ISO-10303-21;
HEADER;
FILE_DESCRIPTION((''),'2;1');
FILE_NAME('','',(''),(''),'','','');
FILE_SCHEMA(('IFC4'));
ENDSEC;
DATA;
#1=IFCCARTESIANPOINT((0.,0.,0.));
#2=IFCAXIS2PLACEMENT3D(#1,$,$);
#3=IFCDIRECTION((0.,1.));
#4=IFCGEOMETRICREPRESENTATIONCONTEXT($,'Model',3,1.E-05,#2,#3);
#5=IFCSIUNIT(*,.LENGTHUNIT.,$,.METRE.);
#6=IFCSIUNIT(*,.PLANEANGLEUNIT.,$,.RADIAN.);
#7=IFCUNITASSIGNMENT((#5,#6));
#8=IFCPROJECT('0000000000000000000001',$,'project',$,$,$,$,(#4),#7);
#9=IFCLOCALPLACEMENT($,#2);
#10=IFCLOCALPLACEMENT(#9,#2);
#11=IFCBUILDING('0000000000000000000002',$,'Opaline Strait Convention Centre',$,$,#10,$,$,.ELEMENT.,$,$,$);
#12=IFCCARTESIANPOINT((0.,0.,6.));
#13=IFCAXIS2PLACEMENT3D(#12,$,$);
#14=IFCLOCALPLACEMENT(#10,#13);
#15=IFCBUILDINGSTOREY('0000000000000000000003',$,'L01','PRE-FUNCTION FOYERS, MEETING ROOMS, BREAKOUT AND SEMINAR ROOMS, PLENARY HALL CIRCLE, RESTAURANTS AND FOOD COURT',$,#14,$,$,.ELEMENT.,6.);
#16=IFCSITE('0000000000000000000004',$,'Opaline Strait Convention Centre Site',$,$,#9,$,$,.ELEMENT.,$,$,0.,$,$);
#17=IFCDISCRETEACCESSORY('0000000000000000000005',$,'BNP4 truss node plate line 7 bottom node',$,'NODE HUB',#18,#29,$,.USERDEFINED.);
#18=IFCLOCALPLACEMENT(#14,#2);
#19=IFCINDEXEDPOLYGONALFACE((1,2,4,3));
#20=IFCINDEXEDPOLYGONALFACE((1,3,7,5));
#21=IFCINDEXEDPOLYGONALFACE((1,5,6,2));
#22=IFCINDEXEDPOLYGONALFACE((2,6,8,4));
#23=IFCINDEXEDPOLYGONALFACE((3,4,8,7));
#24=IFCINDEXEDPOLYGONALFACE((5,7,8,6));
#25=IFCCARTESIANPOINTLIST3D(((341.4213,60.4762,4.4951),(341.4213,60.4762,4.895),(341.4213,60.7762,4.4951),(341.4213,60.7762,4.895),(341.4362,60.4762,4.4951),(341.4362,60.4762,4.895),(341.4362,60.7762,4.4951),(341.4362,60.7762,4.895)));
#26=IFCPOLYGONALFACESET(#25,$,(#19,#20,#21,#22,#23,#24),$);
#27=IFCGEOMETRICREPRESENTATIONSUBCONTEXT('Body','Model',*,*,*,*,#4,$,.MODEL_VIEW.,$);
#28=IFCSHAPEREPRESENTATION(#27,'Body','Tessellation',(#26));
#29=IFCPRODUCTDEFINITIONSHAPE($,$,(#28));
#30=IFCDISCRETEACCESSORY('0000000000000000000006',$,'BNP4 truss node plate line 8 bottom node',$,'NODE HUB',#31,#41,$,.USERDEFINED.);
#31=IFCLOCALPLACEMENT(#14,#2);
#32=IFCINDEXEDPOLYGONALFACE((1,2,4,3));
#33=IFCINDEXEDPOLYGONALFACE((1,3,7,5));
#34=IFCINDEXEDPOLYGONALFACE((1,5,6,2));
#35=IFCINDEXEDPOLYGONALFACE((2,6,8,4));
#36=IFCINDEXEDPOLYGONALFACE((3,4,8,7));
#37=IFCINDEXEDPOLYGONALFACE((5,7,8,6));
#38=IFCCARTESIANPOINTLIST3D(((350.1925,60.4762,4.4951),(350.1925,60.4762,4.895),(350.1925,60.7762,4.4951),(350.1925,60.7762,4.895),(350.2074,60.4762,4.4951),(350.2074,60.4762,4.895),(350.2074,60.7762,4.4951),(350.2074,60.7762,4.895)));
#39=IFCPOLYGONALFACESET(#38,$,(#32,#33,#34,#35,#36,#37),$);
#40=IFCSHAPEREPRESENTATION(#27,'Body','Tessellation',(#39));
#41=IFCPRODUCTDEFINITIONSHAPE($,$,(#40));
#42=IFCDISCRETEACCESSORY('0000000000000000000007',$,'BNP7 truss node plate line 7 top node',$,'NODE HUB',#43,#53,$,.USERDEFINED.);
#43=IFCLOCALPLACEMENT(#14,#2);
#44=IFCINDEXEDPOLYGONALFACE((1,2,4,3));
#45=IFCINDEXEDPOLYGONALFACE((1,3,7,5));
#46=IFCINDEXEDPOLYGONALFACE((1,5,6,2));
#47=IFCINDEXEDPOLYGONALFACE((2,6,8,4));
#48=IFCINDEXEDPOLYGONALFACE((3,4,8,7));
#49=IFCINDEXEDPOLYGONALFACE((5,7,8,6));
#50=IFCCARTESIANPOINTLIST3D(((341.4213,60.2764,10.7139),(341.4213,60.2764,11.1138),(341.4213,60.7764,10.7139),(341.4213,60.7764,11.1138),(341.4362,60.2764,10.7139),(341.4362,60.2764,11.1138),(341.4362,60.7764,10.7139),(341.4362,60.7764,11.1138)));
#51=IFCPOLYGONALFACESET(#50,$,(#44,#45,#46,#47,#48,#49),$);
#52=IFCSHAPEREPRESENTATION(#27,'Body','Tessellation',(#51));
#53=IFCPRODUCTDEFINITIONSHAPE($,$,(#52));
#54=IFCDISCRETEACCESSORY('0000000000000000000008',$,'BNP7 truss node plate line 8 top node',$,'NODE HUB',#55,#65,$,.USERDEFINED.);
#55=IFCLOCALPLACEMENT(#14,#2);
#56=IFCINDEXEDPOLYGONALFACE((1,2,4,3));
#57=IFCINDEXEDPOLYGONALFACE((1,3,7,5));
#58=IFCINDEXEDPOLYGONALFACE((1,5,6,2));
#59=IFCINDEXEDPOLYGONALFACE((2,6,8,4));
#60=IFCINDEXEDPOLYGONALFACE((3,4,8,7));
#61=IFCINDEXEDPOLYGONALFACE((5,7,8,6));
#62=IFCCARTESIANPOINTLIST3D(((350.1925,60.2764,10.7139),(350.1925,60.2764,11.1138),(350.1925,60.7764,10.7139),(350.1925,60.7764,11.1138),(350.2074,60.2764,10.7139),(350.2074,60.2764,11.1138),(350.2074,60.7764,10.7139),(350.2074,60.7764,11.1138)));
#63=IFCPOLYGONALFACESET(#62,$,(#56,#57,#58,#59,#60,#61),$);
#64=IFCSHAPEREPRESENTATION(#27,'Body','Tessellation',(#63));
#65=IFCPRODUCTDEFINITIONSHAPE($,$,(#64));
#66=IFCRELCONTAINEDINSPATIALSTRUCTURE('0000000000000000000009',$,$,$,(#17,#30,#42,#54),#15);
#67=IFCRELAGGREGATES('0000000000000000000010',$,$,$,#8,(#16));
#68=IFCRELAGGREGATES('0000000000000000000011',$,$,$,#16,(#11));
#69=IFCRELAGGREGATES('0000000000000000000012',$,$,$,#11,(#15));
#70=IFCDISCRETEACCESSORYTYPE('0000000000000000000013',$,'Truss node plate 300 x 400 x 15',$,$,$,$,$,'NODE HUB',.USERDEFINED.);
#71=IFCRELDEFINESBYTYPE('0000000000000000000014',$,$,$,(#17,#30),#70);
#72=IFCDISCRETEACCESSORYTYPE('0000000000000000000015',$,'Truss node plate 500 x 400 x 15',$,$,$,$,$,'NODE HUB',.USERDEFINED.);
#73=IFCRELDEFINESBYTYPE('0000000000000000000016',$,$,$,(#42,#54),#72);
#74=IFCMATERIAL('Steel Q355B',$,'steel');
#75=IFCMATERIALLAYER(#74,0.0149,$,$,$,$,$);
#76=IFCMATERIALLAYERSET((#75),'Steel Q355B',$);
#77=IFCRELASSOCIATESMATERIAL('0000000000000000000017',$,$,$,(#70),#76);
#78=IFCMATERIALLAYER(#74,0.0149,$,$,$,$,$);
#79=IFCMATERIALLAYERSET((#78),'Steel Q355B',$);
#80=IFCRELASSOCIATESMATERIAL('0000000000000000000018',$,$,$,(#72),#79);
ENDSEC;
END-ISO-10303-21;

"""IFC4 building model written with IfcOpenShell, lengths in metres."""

from ifc_helpers import new_model, si_unit, direction, frame, origin, origin_2d, place, context, subcontext, project, spatial, rectangle, extrude, material, layer, layer_set, type_object, element, save


model = new_model("IFC4")

# Units and contexts
model_context = context("Model", 3, precision=1e-05, world=origin(), true_north=direction((0.0, 1.0)))
body_context = subcontext(model_context, "Body", "Model", "MODEL_VIEW")
ifc_project = project(units=[si_unit("LENGTHUNIT", "METRE"), si_unit("PLANEANGLEUNIT", "RADIAN")], contexts=[model_context])

# Site, building, storey
site_placement = place(None, origin())
site = spatial("IfcSite", under=ifc_project, at=site_placement, Name="Opaline Strait Convention Centre Site", CompositionType="ELEMENT", RefElevation=0.0)
building_placement = place(site_placement, origin())
building = spatial("IfcBuilding", under=site, at=building_placement, Name="Opaline Strait Convention Centre", CompositionType="ELEMENT")
storey_placement = place(building_placement, frame((0.0, 0.0, 6.0)))
storey = spatial("IfcBuildingStorey", under=building, at=storey_placement, Name="L01", Description="PRE-FUNCTION FOYERS, MEETING ROOMS, BREAKOUT AND SEMINAR ROOMS, PLENARY HALL CIRCLE, RESTAURANTS AND FOOD COURT", CompositionType="ELEMENT", Elevation=6.0)

# Shared definitions
ifc_material_1 = material(Name="Steel Q355B", Category="steel")

# Discrete accessories
ifc_layer_1 = layer(ifc_material_1, 0.0149)
ifc_layer_set_1 = layer_set([ifc_layer_1], Name="Steel Q355B")
discrete_accessory_type_1 = type_object("IfcDiscreteAccessoryType", Name="Truss node plate 300 x 400 x 15", ElementType="NODE HUB", PredefinedType="USERDEFINED", material=ifc_layer_set_1)
for number, where, z_axis, x_axis, name in (
    (1, (341.4287, 60.6262, 4.4951), (0.0, 0.0, 1.0), (1.0, 0.0, 0.0), "BNP4 truss node plate line 7 bottom node"),
    (2, (350.2, 60.6262, 4.4951), (0.0, 0.0, 1.0), (1.0, 0.0, 0.0), "BNP4 truss node plate line 8 bottom node"),
):
    element("IfcDiscreteAccessory", number, at=place(storey_placement, frame(where, z_axis=z_axis, x_axis=x_axis)), inside=storey, type_object=discrete_accessory_type_1, Name=name, ObjectType="NODE HUB", PredefinedType="USERDEFINED", context=body_context, shape_type="SweptSolid", body=[
        extrude(rectangle(XDim=0.0149, YDim=0.3, at=origin_2d()), origin(), (0.0, 0.0, 1.0), 0.3999),
    ])
ifc_layer_2 = layer(ifc_material_1, 0.0149)
ifc_layer_set_2 = layer_set([ifc_layer_2], Name="Steel Q355B")
discrete_accessory_type_2 = type_object("IfcDiscreteAccessoryType", Name="Truss node plate 500 x 400 x 15", ElementType="NODE HUB", PredefinedType="USERDEFINED", material=ifc_layer_set_2)
for number, where, z_axis, x_axis, name in (
    (3, (341.4287, 60.5264, 10.7139), (0.0, 0.0, 1.0), (1.0, 0.0, 0.0), "BNP7 truss node plate line 7 top node"),
    (4, (350.2, 60.5264, 10.7139), (0.0, 0.0, 1.0), (1.0, 0.0, 0.0), "BNP7 truss node plate line 8 top node"),
):
    element("IfcDiscreteAccessory", number, at=place(storey_placement, frame(where, z_axis=z_axis, x_axis=x_axis)), inside=storey, type_object=discrete_accessory_type_2, Name=name, ObjectType="NODE HUB", PredefinedType="USERDEFINED", context=body_context, shape_type="SweptSolid", body=[
        extrude(rectangle(XDim=0.0149, YDim=0.5, at=origin_2d()), origin(), (0.0, 0.0, 1.0), 0.3999),
    ])

save(model, "model.ifc")
